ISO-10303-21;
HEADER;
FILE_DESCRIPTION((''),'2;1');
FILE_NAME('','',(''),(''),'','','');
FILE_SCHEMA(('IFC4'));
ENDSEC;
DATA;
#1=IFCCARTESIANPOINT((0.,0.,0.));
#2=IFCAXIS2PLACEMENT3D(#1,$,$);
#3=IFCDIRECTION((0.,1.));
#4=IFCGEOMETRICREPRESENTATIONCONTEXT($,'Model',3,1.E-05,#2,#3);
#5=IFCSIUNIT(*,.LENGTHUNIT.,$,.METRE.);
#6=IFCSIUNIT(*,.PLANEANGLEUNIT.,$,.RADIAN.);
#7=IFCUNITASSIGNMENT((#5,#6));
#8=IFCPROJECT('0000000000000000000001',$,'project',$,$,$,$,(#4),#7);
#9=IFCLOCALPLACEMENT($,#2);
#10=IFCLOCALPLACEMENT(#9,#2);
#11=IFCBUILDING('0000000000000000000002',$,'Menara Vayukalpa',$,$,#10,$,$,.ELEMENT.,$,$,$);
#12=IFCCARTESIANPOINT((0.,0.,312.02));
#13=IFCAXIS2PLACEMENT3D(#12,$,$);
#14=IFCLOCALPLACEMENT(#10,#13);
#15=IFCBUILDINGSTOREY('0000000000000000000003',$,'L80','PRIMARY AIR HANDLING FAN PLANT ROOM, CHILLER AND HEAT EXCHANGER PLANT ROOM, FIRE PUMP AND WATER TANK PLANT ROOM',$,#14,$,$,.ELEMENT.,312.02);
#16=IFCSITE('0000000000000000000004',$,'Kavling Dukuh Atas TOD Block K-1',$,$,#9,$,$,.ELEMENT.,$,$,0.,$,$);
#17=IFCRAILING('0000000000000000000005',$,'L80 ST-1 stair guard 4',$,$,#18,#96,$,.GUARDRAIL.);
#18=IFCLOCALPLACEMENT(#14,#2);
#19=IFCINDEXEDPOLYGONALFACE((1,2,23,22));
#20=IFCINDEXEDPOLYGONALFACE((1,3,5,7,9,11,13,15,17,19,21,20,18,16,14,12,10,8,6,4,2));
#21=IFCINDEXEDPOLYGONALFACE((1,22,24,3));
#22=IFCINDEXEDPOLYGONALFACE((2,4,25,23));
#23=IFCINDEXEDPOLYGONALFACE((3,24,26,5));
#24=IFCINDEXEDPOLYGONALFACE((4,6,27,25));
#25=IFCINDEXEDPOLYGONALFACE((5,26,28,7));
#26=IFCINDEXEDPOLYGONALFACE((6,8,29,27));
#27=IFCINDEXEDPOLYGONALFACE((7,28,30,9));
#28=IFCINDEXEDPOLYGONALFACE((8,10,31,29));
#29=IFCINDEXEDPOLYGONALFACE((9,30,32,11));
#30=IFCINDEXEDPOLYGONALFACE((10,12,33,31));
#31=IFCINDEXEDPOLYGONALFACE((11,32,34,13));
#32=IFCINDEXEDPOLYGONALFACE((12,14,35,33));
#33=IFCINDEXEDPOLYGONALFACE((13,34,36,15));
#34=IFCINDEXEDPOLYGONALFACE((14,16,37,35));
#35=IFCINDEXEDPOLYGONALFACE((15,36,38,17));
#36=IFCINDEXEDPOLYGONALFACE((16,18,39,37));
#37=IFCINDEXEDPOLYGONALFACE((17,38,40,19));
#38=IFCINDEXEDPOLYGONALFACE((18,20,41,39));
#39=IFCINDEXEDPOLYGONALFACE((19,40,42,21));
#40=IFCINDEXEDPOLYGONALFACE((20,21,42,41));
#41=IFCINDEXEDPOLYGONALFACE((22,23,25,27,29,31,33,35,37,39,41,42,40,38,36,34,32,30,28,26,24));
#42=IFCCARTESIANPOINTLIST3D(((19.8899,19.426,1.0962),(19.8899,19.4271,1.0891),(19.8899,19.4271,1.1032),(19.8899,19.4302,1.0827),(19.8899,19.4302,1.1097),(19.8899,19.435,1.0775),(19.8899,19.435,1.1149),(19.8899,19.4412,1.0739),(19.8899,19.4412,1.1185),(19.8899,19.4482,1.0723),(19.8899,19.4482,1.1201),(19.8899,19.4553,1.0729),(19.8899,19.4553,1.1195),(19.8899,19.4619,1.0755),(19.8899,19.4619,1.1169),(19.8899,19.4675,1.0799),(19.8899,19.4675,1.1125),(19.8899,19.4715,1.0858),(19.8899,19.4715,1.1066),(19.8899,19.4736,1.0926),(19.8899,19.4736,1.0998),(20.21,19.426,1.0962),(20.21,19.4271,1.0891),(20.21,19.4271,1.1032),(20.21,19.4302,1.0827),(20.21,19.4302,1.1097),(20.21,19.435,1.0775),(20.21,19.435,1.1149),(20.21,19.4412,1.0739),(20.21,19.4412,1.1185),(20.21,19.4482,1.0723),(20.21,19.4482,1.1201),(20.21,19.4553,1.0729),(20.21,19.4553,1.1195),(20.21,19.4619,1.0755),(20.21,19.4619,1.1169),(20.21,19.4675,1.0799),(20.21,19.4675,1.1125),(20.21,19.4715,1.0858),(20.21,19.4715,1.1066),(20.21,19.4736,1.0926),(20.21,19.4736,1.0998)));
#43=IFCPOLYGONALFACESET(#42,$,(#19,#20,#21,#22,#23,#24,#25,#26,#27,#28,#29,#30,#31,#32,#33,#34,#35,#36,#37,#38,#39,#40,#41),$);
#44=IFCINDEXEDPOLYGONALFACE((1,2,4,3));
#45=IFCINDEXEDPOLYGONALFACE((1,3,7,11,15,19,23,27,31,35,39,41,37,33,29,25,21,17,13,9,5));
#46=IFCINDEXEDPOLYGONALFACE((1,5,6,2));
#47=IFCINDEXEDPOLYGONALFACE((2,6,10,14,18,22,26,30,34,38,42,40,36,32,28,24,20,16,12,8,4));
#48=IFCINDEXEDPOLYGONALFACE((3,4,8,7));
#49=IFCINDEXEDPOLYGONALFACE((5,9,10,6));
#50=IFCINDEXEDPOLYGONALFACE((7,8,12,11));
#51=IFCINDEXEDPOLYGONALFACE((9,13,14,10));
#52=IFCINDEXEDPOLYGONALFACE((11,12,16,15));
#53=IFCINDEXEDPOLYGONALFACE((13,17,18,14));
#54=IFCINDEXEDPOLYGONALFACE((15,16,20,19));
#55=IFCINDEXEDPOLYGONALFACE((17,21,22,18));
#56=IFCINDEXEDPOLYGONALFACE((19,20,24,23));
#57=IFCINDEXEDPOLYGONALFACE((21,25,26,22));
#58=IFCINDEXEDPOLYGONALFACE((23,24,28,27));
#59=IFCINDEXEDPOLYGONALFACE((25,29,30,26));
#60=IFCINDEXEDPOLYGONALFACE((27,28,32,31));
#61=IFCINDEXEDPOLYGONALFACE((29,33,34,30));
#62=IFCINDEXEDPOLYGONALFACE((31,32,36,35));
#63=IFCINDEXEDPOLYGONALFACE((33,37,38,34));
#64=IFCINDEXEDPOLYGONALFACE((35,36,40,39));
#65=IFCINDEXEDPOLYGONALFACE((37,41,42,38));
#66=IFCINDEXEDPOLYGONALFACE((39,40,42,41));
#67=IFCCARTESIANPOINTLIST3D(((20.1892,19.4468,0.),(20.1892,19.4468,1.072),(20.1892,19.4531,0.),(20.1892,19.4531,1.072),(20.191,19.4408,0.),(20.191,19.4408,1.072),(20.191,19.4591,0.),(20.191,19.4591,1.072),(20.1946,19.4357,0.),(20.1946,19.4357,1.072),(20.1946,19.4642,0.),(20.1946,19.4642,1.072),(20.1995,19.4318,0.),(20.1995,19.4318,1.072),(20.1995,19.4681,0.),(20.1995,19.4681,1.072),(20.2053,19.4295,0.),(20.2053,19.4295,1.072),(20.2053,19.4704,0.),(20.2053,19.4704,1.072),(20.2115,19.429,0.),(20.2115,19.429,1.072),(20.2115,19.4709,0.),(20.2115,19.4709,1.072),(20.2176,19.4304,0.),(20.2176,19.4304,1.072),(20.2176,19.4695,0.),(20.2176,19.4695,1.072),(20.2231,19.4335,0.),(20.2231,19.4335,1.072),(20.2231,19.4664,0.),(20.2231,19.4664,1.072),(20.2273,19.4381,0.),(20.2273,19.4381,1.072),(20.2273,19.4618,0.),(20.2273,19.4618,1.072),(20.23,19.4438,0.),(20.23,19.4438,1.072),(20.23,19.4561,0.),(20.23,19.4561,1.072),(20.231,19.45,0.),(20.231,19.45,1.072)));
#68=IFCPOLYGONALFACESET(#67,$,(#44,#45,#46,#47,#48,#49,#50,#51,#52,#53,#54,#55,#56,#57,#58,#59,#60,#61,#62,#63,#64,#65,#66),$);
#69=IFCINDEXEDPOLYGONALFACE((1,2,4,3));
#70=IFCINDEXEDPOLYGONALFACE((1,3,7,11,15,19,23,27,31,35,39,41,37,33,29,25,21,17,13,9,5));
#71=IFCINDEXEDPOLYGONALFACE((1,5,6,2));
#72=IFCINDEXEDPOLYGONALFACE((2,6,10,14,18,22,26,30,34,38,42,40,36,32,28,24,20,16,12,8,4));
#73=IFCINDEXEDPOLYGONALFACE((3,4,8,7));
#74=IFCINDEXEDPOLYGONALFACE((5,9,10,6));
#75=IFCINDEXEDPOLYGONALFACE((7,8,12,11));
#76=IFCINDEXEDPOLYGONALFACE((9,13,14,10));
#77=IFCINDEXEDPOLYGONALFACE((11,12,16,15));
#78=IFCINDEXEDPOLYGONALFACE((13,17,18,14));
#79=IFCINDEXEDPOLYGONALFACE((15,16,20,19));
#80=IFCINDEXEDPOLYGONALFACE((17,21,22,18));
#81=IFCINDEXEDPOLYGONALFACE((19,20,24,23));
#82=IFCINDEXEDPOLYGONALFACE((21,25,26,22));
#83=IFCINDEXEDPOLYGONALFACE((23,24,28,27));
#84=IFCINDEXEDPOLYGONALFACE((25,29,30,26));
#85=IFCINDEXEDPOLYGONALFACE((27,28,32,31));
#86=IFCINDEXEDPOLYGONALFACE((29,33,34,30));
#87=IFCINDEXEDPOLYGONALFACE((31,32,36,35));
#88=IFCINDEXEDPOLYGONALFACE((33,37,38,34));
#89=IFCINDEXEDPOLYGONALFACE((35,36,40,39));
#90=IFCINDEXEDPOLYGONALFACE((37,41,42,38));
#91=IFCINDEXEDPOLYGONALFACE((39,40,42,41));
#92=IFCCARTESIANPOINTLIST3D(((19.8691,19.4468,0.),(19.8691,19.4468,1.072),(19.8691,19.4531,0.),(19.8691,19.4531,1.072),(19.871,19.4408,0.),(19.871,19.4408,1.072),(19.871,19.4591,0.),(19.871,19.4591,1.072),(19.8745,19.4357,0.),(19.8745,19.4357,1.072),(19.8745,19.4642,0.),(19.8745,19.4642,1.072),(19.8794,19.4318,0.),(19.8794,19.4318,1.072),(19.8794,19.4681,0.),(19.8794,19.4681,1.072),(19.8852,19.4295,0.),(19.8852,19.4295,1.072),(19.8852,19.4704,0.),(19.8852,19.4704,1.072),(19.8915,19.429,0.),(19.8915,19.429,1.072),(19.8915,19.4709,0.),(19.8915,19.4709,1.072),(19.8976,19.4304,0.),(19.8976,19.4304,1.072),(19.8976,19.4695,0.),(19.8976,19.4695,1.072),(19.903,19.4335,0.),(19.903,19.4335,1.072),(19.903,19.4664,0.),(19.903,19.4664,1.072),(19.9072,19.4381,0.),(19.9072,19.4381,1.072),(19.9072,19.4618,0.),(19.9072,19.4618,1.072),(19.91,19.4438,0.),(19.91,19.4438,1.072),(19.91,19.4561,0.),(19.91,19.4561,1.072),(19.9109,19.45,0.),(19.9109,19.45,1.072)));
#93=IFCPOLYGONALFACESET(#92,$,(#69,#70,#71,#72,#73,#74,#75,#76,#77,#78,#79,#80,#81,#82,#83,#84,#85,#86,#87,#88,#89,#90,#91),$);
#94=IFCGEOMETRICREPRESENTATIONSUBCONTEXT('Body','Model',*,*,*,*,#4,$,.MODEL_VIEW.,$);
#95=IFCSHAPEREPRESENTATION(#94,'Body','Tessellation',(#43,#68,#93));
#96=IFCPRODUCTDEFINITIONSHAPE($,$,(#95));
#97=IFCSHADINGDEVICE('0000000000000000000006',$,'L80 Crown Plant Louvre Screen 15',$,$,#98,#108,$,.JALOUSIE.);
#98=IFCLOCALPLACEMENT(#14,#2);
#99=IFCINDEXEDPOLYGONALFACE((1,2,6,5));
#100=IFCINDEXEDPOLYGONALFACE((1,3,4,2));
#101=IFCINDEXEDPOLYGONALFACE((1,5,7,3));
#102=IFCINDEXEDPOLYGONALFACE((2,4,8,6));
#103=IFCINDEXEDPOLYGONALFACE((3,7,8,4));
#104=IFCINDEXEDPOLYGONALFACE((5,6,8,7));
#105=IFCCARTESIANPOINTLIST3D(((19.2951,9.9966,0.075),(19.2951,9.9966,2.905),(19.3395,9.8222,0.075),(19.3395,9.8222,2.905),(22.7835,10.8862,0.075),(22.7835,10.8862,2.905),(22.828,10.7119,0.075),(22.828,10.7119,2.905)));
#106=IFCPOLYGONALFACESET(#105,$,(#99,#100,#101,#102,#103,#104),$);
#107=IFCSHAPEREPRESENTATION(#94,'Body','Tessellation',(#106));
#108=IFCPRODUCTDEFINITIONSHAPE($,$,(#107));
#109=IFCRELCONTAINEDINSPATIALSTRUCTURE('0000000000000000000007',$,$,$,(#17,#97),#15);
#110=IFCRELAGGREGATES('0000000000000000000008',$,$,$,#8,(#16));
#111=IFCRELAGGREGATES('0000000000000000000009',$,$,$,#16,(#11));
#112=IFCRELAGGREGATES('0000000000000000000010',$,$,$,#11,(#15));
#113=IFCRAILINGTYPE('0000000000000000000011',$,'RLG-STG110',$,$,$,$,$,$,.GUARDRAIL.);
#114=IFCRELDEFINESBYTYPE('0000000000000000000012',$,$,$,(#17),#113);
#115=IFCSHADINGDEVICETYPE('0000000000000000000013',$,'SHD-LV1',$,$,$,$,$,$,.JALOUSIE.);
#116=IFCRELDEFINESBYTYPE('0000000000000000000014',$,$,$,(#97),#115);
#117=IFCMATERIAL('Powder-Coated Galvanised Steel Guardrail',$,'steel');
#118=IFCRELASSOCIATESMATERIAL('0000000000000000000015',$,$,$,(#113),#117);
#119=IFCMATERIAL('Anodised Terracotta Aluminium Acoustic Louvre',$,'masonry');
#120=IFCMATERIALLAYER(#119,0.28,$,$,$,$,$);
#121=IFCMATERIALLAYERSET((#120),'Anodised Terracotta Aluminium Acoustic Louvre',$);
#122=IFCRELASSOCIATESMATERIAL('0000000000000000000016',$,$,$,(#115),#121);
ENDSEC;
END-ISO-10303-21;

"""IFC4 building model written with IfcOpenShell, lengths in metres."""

from ifc_helpers import new_model, si_unit, direction, frame, origin, origin_2d, place, context, subcontext, project, spatial, rectangle, circle, extrude, material, layer, layer_set, type_object, element, save


model = new_model("IFC4")

# Units and contexts
model_context = context("Model", 3, precision=1e-05, world=origin(), true_north=direction((0.0, 1.0)))
body_context = subcontext(model_context, "Body", "Model", "MODEL_VIEW")
ifc_project = project(units=[si_unit("LENGTHUNIT", "METRE"), si_unit("PLANEANGLEUNIT", "RADIAN")], contexts=[model_context])

# Site, building, storey
site_placement = place(None, origin())
site = spatial("IfcSite", under=ifc_project, at=site_placement, Name="Kavling Dukuh Atas TOD Block K-1", CompositionType="ELEMENT", RefElevation=0.0)
building_placement = place(site_placement, origin())
building = spatial("IfcBuilding", under=site, at=building_placement, Name="Menara Vayukalpa", CompositionType="ELEMENT")
storey_placement = place(building_placement, frame((0.0, 0.0, 312.02)))
storey = spatial("IfcBuildingStorey", under=building, at=storey_placement, Name="L80", Description="PRIMARY AIR HANDLING FAN PLANT ROOM, CHILLER AND HEAT EXCHANGER PLANT ROOM, FIRE PUMP AND WATER TANK PLANT ROOM", CompositionType="ELEMENT", Elevation=312.02)

# Railing
ifc_material_1 = material(Name="Powder-Coated Galvanised Steel Guardrail", Category="steel")
railing_type = type_object("IfcRailingType", Name="RLG-STG110", PredefinedType="GUARDRAIL", material=ifc_material_1)
railing_1_placement = place(storey_placement, frame((20.21, 19.45, 0.0)))
element("IfcRailing", 1, at=railing_1_placement, inside=storey, type_object=railing_type, Name="L80 ST-1 stair guard 4", PredefinedType="GUARDRAIL", context=body_context, shape_type="SweptSolid", body=[
    extrude(circle(Radius=0.0239, at=origin_2d()), frame((0.0, 0.0, 1.0962), z_axis=(-1.0, 0.0, 0.0), x_axis=(0.0, -1.0, 0.0)), (0.0, 0.0, 1.0), 0.3201),
    extrude(circle(Radius=0.021, at=origin_2d()), origin(), (0.0, 0.0, 1.0), 1.072),
    extrude(circle(Radius=0.021, at=origin_2d()), frame((-0.3201, 0.0, 0.0)), (0.0, 0.0, 1.0), 1.072),
])

# Shading device
ifc_material_2 = material(Name="Anodised Terracotta Aluminium Acoustic Louvre", Category="masonry")
ifc_layer_1 = layer(ifc_material_2, 0.28)
ifc_layer_set_1 = layer_set([ifc_layer_1], Name="Anodised Terracotta Aluminium Acoustic Louvre")
shading_device_type = type_object("IfcShadingDeviceType", Name="SHD-LV1", PredefinedType="JALOUSIE", material=ifc_layer_set_1)
shading_device_placement = place(storey_placement, frame((21.0615, 10.3542, 0.075), z_axis=(0.0, 0.0, 1.0), x_axis=(0.968986, 0.247117, 0.0)))
element("IfcShadingDevice", 2, at=shading_device_placement, inside=storey, type_object=shading_device_type, Name="L80 Crown Plant Louvre Screen 15", PredefinedType="JALOUSIE", context=body_context, shape_type="SweptSolid", body=[
    extrude(rectangle(XDim=3.6001, YDim=0.1799, at=origin_2d()), origin(), (0.0, 0.0, 1.0), 2.8301),
])

save(model, "model.ifc")
